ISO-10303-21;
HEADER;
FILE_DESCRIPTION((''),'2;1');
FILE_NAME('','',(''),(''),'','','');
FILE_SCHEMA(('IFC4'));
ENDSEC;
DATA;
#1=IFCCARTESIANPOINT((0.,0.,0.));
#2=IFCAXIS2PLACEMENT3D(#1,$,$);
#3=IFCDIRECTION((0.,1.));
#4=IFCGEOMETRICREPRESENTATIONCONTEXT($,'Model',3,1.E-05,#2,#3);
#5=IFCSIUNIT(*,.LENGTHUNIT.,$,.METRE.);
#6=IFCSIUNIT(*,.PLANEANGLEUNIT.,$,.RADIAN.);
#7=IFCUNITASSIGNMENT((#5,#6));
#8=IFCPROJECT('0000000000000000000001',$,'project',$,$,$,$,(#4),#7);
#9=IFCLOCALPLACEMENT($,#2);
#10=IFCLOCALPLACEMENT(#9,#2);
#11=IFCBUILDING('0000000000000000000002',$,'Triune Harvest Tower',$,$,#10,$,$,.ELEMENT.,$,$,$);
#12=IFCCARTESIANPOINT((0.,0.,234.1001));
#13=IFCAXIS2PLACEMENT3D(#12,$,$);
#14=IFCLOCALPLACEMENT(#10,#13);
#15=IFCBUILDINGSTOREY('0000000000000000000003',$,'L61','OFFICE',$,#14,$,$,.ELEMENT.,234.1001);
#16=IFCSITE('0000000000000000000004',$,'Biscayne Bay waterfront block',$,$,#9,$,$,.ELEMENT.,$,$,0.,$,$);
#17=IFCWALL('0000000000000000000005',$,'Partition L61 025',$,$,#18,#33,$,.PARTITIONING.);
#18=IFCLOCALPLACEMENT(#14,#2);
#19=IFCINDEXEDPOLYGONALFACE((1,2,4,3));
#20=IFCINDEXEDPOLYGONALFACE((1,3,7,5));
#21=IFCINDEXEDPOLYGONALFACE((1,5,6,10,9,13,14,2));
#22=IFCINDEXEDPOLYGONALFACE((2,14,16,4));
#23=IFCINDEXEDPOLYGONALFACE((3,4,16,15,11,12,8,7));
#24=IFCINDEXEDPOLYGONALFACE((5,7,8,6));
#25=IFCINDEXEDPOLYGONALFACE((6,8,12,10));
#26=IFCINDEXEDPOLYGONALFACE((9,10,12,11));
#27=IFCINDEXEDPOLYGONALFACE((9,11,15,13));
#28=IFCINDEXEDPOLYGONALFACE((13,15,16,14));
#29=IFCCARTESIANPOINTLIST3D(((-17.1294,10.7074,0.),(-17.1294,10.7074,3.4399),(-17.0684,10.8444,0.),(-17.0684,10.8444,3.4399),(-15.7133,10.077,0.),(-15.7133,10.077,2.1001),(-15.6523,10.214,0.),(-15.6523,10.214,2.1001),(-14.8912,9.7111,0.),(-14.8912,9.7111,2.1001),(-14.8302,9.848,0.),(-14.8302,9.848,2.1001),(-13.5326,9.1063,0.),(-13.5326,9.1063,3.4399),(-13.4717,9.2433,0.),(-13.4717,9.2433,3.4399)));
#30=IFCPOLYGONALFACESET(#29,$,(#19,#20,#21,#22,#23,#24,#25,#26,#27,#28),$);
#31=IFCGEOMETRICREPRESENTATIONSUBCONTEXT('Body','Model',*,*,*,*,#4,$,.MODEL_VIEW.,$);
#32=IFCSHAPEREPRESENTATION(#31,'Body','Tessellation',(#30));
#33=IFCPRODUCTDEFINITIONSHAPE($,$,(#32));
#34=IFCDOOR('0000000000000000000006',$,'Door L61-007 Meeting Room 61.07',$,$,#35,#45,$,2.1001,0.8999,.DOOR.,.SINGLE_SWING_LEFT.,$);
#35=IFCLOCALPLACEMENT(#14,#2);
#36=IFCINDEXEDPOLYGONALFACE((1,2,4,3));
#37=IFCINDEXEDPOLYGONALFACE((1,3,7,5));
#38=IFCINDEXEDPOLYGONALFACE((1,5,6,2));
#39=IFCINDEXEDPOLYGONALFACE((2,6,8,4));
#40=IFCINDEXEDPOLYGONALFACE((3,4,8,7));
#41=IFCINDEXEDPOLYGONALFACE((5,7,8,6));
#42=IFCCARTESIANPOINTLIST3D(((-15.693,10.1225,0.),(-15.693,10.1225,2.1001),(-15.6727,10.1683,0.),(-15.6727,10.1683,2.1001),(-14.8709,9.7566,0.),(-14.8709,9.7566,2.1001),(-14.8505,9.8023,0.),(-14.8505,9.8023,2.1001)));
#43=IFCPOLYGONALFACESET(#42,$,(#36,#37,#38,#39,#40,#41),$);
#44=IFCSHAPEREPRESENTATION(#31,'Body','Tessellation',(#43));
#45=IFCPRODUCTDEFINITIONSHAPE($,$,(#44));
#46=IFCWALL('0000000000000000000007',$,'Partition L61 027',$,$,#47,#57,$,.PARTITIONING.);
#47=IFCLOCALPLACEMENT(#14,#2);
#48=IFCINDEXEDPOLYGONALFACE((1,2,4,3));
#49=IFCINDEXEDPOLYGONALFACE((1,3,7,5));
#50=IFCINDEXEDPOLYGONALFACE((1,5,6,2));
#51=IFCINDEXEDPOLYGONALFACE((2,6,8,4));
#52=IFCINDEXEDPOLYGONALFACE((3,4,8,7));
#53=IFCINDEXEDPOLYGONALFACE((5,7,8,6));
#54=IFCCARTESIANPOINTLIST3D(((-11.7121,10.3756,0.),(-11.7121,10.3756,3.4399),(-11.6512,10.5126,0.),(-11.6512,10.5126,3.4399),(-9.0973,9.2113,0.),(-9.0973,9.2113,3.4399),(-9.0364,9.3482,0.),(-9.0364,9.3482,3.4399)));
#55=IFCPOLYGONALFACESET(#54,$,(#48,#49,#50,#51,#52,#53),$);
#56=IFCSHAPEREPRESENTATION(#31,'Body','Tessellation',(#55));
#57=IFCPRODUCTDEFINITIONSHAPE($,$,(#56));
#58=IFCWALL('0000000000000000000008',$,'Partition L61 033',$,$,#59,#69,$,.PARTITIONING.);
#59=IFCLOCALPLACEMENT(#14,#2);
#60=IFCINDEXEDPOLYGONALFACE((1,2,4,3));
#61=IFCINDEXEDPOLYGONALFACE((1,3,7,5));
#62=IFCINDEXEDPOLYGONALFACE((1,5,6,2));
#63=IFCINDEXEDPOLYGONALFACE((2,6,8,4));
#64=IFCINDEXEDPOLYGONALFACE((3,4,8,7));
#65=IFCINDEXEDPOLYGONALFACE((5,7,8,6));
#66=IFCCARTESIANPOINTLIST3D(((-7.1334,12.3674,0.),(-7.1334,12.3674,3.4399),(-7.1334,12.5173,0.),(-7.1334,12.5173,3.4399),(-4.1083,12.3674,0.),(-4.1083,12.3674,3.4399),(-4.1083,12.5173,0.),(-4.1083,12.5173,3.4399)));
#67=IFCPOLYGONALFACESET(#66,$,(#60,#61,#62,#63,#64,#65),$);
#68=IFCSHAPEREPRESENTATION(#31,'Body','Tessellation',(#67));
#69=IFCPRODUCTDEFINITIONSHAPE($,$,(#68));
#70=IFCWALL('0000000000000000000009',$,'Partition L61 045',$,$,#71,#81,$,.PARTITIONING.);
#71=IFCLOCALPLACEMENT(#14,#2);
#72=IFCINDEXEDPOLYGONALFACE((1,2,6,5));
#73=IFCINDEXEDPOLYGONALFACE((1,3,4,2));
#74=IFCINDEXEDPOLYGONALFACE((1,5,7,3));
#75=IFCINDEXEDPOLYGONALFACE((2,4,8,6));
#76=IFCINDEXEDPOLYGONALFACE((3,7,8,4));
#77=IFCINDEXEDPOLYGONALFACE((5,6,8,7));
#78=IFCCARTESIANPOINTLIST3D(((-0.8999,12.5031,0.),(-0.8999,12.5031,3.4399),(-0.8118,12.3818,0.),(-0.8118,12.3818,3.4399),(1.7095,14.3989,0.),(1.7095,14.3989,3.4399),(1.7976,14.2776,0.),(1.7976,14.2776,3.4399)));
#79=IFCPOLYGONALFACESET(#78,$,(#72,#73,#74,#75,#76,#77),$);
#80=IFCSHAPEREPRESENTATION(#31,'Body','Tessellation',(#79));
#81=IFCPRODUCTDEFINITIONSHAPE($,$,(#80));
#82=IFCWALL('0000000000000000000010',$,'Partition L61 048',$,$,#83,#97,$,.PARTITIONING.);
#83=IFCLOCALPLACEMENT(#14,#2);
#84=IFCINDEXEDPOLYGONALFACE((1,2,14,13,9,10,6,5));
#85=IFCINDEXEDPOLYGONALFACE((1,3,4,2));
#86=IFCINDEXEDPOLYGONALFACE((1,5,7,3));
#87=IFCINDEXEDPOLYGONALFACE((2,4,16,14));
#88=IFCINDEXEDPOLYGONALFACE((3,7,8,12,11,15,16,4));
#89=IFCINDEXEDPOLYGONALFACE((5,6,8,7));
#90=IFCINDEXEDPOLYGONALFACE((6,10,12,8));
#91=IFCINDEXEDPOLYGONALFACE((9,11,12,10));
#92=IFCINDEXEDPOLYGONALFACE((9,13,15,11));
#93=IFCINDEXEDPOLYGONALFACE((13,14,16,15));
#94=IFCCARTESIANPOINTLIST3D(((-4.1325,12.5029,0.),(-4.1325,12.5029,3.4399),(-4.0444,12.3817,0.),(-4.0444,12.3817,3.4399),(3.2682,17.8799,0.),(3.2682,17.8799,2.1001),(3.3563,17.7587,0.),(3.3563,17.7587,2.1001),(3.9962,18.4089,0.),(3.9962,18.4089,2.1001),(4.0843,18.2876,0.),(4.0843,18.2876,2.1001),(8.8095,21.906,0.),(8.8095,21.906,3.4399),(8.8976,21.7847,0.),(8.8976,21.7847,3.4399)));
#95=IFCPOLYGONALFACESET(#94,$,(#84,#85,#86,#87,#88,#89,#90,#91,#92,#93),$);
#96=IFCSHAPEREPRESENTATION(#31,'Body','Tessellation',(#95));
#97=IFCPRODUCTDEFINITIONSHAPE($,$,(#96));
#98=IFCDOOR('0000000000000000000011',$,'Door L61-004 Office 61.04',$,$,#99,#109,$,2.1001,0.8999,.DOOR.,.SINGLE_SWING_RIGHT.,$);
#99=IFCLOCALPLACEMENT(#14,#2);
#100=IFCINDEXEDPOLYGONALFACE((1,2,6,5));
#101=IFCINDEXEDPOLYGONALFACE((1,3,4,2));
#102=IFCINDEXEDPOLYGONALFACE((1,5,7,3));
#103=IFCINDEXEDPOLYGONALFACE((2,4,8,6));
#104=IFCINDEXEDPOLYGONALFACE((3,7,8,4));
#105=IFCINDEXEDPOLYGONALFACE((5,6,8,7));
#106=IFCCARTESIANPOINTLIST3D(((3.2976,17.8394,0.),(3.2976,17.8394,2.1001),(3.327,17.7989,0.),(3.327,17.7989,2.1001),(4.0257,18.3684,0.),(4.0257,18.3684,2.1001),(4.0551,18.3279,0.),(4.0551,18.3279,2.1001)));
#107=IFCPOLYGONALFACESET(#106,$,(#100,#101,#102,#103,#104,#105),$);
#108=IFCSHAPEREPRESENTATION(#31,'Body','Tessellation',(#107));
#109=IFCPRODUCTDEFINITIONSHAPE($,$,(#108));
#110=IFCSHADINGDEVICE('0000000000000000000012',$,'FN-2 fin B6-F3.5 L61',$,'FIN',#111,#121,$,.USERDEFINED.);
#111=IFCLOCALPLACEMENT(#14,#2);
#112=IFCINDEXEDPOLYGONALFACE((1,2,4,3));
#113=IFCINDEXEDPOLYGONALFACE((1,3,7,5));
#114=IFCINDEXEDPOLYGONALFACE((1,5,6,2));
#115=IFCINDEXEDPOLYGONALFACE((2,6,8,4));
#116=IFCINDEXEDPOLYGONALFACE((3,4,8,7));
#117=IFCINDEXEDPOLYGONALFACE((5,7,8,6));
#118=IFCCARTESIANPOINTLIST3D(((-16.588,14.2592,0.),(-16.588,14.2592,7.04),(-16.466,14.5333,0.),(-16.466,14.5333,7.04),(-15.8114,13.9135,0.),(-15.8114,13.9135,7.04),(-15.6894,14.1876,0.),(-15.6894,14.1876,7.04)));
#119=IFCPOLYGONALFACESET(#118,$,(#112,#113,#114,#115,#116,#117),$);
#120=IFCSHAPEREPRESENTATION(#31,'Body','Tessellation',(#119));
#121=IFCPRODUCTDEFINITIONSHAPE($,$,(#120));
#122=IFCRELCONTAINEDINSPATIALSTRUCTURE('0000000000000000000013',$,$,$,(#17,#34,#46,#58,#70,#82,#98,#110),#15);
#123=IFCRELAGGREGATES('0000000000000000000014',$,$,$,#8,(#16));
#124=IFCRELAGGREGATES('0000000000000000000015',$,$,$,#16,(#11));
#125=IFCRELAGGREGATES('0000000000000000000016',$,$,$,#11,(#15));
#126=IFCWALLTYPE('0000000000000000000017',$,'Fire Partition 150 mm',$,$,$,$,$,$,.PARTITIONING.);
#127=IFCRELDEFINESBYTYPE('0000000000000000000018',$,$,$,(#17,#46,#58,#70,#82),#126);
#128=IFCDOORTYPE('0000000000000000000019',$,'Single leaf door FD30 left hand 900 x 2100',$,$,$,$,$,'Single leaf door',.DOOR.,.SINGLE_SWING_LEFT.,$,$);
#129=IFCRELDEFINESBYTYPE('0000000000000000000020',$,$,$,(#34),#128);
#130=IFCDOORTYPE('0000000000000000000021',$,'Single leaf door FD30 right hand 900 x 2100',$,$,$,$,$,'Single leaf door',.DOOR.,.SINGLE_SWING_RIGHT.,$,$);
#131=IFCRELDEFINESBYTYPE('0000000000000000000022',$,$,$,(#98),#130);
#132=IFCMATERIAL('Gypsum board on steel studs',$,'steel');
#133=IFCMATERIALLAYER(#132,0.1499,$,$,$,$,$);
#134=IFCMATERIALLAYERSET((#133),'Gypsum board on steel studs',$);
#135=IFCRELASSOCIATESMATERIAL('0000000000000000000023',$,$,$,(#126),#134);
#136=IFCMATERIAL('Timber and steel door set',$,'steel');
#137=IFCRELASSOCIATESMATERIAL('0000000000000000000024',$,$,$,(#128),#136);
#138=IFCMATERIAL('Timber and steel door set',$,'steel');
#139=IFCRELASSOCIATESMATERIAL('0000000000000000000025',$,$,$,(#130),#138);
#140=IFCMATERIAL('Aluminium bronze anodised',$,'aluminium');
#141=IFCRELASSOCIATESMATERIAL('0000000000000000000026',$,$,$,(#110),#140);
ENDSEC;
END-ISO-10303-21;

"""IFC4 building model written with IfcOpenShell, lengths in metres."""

from ifc_helpers import new_model, si_unit, direction, frame, frame_2d, origin, origin_2d, place, context, subcontext, project, spatial, rectangle, extrude, source, transform, mapped, material, layer, layer_set, type_object, element, fill, save


model = new_model("IFC4")

# Units and contexts
model_context = context("Model", 3, precision=1e-05, world=origin(), true_north=direction((0.0, 1.0)))
body_context = subcontext(model_context, "Body", "Model", "MODEL_VIEW")
ifc_project = project(units=[si_unit("LENGTHUNIT", "METRE"), si_unit("PLANEANGLEUNIT", "RADIAN")], contexts=[model_context])

# Site, building, storey
site_placement = place(None, origin())
site = spatial("IfcSite", under=ifc_project, at=site_placement, Name="Biscayne Bay waterfront block", CompositionType="ELEMENT", RefElevation=0.0)
building_placement = place(site_placement, origin())
building = spatial("IfcBuilding", under=site, at=building_placement, Name="Triune Harvest Tower", CompositionType="ELEMENT")
storey_placement = place(building_placement, frame((0.0, 0.0, 234.1001)))
storey = spatial("IfcBuildingStorey", under=building, at=storey_placement, Name="L61", Description="OFFICE", CompositionType="ELEMENT", Elevation=234.1001)

# Shared definitions
ifc_material_1 = material(Name="Gypsum board on steel studs", Category="steel")
ifc_layer_1 = layer(ifc_material_1, 0.1499)
ifc_layer_set_1 = layer_set([ifc_layer_1], Name="Gypsum board on steel studs")
wall_type_1 = type_object("IfcWallType", Name="Fire Partition 150 mm", PredefinedType="PARTITIONING", material=ifc_layer_set_1)

# Shared definitions
ifc_material_2 = material(Name="Timber and steel door set", Category="steel")
door_type_1 = type_object("IfcDoorType", Name="Single leaf door FD30 left hand 900 x 2100", ElementType="Single leaf door", OperationType="SINGLE_SWING_LEFT", PredefinedType="DOOR", material=ifc_material_2)

# Wall, opening, door
shared_shape_1 = source(origin(), body_context, "Body", "SweptSolid", [
    extrude(rectangle(XDim=3.937, YDim=0.1499, at=frame_2d((1.9685, 0.0))), origin(), (0.0, 0.0, 1.0), 3.4399),
])
wall_1_placement = place(storey_placement, frame((-17.0989, 10.7759, 0.0), z_axis=(0.0, 0.0, 1.0), x_axis=(0.913571, -0.406679, 0.0)))
wall_1 = element("IfcWall", 1, at=wall_1_placement, inside=storey, type_object=wall_type_1, Name="Partition L61 025", PredefinedType="PARTITIONING", context=body_context, shape_type="MappedRepresentation", body=[
    mapped(shared_shape_1, transform((0.0, 0.0, 0.0), scale=1.0)),
])
opening_1_placement = place(wall_1_placement, frame((1.55, 0.0, 0.0)))
opening_1 = element("IfcOpeningElement", 2, at=opening_1_placement, cuts=wall_1, PredefinedType="OPENING", context=body_context, shape_type="SweptSolid", body=[
    extrude(rectangle(XDim=0.8999, YDim=2.1001, at=frame_2d((0.45, 1.05))), frame((0.0, 0.085, 0.0), z_axis=(0.0, -1.0, 0.0), x_axis=(1.0, 0.0, 0.0)), (0.0, 0.0, 1.0), 0.1699),
])
door_1_placement = place(opening_1_placement, origin())
door_1 = element("IfcDoor", 3, at=door_1_placement, inside=storey, type_object=door_type_1, Name="Door L61-007 Meeting Room 61.07", OperationType="SINGLE_SWING_LEFT", OverallHeight=2.1001, OverallWidth=0.8999, PredefinedType="DOOR", context=body_context, shape_type="SweptSolid", body=[
    extrude(rectangle(XDim=0.8999, YDim=2.1001, at=frame_2d((0.45, 1.05))), frame((0.0, 0.0249, 0.0), z_axis=(0.0, -1.0, 0.0), x_axis=(1.0, 0.0, 0.0)), (0.0, 0.0, 1.0), 0.05),
])
fill(opening_1, door_1)

# Walls
shared_shape_2 = source(origin(), body_context, "Body", "SweptSolid", [
    extrude(rectangle(XDim=2.8623, YDim=0.1499, at=frame_2d((1.4312, 0.0))), origin(), (0.0, 0.0, 1.0), 3.4399),
])
wall_2_placement = place(storey_placement, frame((-11.6816, 10.4441, 0.0), z_axis=(0.0, 0.0, 1.0), x_axis=(0.913526, -0.406779, 0.0)))
element("IfcWall", 4, at=wall_2_placement, inside=storey, type_object=wall_type_1, Name="Partition L61 027", PredefinedType="PARTITIONING", context=body_context, shape_type="MappedRepresentation", body=[
    mapped(shared_shape_2, transform((0.0, 0.0, 0.0), scale=1.0)),
])
shared_shape_3 = source(origin(), body_context, "Body", "SweptSolid", [
    extrude(rectangle(XDim=3.0251, YDim=0.1499, at=frame_2d((1.5127, 0.0))), origin(), (0.0, 0.0, 1.0), 3.4399),
])
wall_3_placement = place(storey_placement, frame((-7.1335, 12.4424, 0.0), z_axis=(0.0, 0.0, 1.0), x_axis=(1.0, 0.0, 0.0)))
element("IfcWall", 5, at=wall_3_placement, inside=storey, type_object=wall_type_1, Name="Partition L61 033", PredefinedType="PARTITIONING", context=body_context, shape_type="MappedRepresentation", body=[
    mapped(shared_shape_3, transform((0.0, 0.0, 0.0), scale=1.0)),
])
shared_shape_4 = source(origin(), body_context, "Body", "SweptSolid", [
    extrude(rectangle(XDim=3.2253, YDim=0.1499, at=frame_2d((1.6128, 0.0))), origin(), (0.0, 0.0, 1.0), 3.4399),
])
wall_4_placement = place(storey_placement, frame((-0.856, 12.4424, 0.0), z_axis=(0.0, 0.0, 1.0), x_axis=(0.809027, 0.587771, 0.0)))
element("IfcWall", 6, at=wall_4_placement, inside=storey, type_object=wall_type_1, Name="Partition L61 045", PredefinedType="PARTITIONING", context=body_context, shape_type="MappedRepresentation", body=[
    mapped(shared_shape_4, transform((0.0, 0.0, 0.0), scale=1.0)),
])

# Wall, opening, door
shared_shape_5 = source(origin(), body_context, "Body", "SweptSolid", [
    extrude(rectangle(XDim=15.9973, YDim=0.1499, at=frame_2d((7.9985, 0.0))), origin(), (0.0, 0.0, 1.0), 3.4399),
])
wall_5_placement = place(storey_placement, frame((-4.0884, 12.4424, 0.0), z_axis=(0.0, 0.0, 1.0), x_axis=(0.809015, 0.587788, 0.0)))
wall_5 = element("IfcWall", 7, at=wall_5_placement, inside=storey, type_object=wall_type_1, Name="Partition L61 048", PredefinedType="PARTITIONING", context=body_context, shape_type="MappedRepresentation", body=[
    mapped(shared_shape_5, transform((0.0, 0.0, 0.0), scale=1.0)),
])
opening_2_placement = place(wall_5_placement, frame((9.1477, 0.0, 0.0)))
opening_2 = element("IfcOpeningElement", 8, at=opening_2_placement, cuts=wall_5, PredefinedType="OPENING", context=body_context, shape_type="SweptSolid", body=[
    extrude(rectangle(XDim=0.8999, YDim=2.1001, at=frame_2d((0.45, 1.05))), frame((0.0, 0.085, 0.0), z_axis=(0.0, -1.0, 0.0), x_axis=(1.0, 0.0, 0.0)), (0.0, 0.0, 1.0), 0.1699),
])
ifc_material_3 = material(Name="Timber and steel door set", Category="steel")
door_type_2 = type_object("IfcDoorType", Name="Single leaf door FD30 right hand 900 x 2100", ElementType="Single leaf door", OperationType="SINGLE_SWING_RIGHT", PredefinedType="DOOR", material=ifc_material_3)
door_2_placement = place(opening_2_placement, origin())
door_2 = element("IfcDoor", 9, at=door_2_placement, inside=storey, type_object=door_type_2, Name="Door L61-004 Office 61.04", OperationType="SINGLE_SWING_RIGHT", OverallHeight=2.1001, OverallWidth=0.8999, PredefinedType="DOOR", context=body_context, shape_type="SweptSolid", body=[
    extrude(rectangle(XDim=0.8999, YDim=2.1001, at=frame_2d((0.45, 1.05))), frame((0.0, 0.0249, 0.0), z_axis=(0.0, -1.0, 0.0), x_axis=(1.0, 0.0, 0.0)), (0.0, 0.0, 1.0), 0.05),
])
fill(opening_2, door_2)

# Shading device
ifc_material_4 = material(Name="Aluminium bronze anodised", Category="aluminium")
shared_shape_6 = source(origin(), body_context, "Body", "SweptSolid", [
    extrude(rectangle(XDim=0.3, YDim=0.8501, at=origin_2d()), origin(), (0.0, 0.0, 1.0), 7.04),
])
shading_device_placement = place(storey_placement, frame((-16.1387, 14.2234, 0.0), z_axis=(0.0, 0.0, 1.0), x_axis=(-0.406738, -0.913545, 0.0)))
element("IfcShadingDevice", 10, at=shading_device_placement, inside=storey, material=ifc_material_4, Name="FN-2 fin B6-F3.5 L61", ObjectType="FIN", PredefinedType="USERDEFINED", context=body_context, shape_type="MappedRepresentation", body=[
    mapped(shared_shape_6, transform((0.0, 0.0, 0.0), scale=1.0)),
])

save(model, "model.ifc")
